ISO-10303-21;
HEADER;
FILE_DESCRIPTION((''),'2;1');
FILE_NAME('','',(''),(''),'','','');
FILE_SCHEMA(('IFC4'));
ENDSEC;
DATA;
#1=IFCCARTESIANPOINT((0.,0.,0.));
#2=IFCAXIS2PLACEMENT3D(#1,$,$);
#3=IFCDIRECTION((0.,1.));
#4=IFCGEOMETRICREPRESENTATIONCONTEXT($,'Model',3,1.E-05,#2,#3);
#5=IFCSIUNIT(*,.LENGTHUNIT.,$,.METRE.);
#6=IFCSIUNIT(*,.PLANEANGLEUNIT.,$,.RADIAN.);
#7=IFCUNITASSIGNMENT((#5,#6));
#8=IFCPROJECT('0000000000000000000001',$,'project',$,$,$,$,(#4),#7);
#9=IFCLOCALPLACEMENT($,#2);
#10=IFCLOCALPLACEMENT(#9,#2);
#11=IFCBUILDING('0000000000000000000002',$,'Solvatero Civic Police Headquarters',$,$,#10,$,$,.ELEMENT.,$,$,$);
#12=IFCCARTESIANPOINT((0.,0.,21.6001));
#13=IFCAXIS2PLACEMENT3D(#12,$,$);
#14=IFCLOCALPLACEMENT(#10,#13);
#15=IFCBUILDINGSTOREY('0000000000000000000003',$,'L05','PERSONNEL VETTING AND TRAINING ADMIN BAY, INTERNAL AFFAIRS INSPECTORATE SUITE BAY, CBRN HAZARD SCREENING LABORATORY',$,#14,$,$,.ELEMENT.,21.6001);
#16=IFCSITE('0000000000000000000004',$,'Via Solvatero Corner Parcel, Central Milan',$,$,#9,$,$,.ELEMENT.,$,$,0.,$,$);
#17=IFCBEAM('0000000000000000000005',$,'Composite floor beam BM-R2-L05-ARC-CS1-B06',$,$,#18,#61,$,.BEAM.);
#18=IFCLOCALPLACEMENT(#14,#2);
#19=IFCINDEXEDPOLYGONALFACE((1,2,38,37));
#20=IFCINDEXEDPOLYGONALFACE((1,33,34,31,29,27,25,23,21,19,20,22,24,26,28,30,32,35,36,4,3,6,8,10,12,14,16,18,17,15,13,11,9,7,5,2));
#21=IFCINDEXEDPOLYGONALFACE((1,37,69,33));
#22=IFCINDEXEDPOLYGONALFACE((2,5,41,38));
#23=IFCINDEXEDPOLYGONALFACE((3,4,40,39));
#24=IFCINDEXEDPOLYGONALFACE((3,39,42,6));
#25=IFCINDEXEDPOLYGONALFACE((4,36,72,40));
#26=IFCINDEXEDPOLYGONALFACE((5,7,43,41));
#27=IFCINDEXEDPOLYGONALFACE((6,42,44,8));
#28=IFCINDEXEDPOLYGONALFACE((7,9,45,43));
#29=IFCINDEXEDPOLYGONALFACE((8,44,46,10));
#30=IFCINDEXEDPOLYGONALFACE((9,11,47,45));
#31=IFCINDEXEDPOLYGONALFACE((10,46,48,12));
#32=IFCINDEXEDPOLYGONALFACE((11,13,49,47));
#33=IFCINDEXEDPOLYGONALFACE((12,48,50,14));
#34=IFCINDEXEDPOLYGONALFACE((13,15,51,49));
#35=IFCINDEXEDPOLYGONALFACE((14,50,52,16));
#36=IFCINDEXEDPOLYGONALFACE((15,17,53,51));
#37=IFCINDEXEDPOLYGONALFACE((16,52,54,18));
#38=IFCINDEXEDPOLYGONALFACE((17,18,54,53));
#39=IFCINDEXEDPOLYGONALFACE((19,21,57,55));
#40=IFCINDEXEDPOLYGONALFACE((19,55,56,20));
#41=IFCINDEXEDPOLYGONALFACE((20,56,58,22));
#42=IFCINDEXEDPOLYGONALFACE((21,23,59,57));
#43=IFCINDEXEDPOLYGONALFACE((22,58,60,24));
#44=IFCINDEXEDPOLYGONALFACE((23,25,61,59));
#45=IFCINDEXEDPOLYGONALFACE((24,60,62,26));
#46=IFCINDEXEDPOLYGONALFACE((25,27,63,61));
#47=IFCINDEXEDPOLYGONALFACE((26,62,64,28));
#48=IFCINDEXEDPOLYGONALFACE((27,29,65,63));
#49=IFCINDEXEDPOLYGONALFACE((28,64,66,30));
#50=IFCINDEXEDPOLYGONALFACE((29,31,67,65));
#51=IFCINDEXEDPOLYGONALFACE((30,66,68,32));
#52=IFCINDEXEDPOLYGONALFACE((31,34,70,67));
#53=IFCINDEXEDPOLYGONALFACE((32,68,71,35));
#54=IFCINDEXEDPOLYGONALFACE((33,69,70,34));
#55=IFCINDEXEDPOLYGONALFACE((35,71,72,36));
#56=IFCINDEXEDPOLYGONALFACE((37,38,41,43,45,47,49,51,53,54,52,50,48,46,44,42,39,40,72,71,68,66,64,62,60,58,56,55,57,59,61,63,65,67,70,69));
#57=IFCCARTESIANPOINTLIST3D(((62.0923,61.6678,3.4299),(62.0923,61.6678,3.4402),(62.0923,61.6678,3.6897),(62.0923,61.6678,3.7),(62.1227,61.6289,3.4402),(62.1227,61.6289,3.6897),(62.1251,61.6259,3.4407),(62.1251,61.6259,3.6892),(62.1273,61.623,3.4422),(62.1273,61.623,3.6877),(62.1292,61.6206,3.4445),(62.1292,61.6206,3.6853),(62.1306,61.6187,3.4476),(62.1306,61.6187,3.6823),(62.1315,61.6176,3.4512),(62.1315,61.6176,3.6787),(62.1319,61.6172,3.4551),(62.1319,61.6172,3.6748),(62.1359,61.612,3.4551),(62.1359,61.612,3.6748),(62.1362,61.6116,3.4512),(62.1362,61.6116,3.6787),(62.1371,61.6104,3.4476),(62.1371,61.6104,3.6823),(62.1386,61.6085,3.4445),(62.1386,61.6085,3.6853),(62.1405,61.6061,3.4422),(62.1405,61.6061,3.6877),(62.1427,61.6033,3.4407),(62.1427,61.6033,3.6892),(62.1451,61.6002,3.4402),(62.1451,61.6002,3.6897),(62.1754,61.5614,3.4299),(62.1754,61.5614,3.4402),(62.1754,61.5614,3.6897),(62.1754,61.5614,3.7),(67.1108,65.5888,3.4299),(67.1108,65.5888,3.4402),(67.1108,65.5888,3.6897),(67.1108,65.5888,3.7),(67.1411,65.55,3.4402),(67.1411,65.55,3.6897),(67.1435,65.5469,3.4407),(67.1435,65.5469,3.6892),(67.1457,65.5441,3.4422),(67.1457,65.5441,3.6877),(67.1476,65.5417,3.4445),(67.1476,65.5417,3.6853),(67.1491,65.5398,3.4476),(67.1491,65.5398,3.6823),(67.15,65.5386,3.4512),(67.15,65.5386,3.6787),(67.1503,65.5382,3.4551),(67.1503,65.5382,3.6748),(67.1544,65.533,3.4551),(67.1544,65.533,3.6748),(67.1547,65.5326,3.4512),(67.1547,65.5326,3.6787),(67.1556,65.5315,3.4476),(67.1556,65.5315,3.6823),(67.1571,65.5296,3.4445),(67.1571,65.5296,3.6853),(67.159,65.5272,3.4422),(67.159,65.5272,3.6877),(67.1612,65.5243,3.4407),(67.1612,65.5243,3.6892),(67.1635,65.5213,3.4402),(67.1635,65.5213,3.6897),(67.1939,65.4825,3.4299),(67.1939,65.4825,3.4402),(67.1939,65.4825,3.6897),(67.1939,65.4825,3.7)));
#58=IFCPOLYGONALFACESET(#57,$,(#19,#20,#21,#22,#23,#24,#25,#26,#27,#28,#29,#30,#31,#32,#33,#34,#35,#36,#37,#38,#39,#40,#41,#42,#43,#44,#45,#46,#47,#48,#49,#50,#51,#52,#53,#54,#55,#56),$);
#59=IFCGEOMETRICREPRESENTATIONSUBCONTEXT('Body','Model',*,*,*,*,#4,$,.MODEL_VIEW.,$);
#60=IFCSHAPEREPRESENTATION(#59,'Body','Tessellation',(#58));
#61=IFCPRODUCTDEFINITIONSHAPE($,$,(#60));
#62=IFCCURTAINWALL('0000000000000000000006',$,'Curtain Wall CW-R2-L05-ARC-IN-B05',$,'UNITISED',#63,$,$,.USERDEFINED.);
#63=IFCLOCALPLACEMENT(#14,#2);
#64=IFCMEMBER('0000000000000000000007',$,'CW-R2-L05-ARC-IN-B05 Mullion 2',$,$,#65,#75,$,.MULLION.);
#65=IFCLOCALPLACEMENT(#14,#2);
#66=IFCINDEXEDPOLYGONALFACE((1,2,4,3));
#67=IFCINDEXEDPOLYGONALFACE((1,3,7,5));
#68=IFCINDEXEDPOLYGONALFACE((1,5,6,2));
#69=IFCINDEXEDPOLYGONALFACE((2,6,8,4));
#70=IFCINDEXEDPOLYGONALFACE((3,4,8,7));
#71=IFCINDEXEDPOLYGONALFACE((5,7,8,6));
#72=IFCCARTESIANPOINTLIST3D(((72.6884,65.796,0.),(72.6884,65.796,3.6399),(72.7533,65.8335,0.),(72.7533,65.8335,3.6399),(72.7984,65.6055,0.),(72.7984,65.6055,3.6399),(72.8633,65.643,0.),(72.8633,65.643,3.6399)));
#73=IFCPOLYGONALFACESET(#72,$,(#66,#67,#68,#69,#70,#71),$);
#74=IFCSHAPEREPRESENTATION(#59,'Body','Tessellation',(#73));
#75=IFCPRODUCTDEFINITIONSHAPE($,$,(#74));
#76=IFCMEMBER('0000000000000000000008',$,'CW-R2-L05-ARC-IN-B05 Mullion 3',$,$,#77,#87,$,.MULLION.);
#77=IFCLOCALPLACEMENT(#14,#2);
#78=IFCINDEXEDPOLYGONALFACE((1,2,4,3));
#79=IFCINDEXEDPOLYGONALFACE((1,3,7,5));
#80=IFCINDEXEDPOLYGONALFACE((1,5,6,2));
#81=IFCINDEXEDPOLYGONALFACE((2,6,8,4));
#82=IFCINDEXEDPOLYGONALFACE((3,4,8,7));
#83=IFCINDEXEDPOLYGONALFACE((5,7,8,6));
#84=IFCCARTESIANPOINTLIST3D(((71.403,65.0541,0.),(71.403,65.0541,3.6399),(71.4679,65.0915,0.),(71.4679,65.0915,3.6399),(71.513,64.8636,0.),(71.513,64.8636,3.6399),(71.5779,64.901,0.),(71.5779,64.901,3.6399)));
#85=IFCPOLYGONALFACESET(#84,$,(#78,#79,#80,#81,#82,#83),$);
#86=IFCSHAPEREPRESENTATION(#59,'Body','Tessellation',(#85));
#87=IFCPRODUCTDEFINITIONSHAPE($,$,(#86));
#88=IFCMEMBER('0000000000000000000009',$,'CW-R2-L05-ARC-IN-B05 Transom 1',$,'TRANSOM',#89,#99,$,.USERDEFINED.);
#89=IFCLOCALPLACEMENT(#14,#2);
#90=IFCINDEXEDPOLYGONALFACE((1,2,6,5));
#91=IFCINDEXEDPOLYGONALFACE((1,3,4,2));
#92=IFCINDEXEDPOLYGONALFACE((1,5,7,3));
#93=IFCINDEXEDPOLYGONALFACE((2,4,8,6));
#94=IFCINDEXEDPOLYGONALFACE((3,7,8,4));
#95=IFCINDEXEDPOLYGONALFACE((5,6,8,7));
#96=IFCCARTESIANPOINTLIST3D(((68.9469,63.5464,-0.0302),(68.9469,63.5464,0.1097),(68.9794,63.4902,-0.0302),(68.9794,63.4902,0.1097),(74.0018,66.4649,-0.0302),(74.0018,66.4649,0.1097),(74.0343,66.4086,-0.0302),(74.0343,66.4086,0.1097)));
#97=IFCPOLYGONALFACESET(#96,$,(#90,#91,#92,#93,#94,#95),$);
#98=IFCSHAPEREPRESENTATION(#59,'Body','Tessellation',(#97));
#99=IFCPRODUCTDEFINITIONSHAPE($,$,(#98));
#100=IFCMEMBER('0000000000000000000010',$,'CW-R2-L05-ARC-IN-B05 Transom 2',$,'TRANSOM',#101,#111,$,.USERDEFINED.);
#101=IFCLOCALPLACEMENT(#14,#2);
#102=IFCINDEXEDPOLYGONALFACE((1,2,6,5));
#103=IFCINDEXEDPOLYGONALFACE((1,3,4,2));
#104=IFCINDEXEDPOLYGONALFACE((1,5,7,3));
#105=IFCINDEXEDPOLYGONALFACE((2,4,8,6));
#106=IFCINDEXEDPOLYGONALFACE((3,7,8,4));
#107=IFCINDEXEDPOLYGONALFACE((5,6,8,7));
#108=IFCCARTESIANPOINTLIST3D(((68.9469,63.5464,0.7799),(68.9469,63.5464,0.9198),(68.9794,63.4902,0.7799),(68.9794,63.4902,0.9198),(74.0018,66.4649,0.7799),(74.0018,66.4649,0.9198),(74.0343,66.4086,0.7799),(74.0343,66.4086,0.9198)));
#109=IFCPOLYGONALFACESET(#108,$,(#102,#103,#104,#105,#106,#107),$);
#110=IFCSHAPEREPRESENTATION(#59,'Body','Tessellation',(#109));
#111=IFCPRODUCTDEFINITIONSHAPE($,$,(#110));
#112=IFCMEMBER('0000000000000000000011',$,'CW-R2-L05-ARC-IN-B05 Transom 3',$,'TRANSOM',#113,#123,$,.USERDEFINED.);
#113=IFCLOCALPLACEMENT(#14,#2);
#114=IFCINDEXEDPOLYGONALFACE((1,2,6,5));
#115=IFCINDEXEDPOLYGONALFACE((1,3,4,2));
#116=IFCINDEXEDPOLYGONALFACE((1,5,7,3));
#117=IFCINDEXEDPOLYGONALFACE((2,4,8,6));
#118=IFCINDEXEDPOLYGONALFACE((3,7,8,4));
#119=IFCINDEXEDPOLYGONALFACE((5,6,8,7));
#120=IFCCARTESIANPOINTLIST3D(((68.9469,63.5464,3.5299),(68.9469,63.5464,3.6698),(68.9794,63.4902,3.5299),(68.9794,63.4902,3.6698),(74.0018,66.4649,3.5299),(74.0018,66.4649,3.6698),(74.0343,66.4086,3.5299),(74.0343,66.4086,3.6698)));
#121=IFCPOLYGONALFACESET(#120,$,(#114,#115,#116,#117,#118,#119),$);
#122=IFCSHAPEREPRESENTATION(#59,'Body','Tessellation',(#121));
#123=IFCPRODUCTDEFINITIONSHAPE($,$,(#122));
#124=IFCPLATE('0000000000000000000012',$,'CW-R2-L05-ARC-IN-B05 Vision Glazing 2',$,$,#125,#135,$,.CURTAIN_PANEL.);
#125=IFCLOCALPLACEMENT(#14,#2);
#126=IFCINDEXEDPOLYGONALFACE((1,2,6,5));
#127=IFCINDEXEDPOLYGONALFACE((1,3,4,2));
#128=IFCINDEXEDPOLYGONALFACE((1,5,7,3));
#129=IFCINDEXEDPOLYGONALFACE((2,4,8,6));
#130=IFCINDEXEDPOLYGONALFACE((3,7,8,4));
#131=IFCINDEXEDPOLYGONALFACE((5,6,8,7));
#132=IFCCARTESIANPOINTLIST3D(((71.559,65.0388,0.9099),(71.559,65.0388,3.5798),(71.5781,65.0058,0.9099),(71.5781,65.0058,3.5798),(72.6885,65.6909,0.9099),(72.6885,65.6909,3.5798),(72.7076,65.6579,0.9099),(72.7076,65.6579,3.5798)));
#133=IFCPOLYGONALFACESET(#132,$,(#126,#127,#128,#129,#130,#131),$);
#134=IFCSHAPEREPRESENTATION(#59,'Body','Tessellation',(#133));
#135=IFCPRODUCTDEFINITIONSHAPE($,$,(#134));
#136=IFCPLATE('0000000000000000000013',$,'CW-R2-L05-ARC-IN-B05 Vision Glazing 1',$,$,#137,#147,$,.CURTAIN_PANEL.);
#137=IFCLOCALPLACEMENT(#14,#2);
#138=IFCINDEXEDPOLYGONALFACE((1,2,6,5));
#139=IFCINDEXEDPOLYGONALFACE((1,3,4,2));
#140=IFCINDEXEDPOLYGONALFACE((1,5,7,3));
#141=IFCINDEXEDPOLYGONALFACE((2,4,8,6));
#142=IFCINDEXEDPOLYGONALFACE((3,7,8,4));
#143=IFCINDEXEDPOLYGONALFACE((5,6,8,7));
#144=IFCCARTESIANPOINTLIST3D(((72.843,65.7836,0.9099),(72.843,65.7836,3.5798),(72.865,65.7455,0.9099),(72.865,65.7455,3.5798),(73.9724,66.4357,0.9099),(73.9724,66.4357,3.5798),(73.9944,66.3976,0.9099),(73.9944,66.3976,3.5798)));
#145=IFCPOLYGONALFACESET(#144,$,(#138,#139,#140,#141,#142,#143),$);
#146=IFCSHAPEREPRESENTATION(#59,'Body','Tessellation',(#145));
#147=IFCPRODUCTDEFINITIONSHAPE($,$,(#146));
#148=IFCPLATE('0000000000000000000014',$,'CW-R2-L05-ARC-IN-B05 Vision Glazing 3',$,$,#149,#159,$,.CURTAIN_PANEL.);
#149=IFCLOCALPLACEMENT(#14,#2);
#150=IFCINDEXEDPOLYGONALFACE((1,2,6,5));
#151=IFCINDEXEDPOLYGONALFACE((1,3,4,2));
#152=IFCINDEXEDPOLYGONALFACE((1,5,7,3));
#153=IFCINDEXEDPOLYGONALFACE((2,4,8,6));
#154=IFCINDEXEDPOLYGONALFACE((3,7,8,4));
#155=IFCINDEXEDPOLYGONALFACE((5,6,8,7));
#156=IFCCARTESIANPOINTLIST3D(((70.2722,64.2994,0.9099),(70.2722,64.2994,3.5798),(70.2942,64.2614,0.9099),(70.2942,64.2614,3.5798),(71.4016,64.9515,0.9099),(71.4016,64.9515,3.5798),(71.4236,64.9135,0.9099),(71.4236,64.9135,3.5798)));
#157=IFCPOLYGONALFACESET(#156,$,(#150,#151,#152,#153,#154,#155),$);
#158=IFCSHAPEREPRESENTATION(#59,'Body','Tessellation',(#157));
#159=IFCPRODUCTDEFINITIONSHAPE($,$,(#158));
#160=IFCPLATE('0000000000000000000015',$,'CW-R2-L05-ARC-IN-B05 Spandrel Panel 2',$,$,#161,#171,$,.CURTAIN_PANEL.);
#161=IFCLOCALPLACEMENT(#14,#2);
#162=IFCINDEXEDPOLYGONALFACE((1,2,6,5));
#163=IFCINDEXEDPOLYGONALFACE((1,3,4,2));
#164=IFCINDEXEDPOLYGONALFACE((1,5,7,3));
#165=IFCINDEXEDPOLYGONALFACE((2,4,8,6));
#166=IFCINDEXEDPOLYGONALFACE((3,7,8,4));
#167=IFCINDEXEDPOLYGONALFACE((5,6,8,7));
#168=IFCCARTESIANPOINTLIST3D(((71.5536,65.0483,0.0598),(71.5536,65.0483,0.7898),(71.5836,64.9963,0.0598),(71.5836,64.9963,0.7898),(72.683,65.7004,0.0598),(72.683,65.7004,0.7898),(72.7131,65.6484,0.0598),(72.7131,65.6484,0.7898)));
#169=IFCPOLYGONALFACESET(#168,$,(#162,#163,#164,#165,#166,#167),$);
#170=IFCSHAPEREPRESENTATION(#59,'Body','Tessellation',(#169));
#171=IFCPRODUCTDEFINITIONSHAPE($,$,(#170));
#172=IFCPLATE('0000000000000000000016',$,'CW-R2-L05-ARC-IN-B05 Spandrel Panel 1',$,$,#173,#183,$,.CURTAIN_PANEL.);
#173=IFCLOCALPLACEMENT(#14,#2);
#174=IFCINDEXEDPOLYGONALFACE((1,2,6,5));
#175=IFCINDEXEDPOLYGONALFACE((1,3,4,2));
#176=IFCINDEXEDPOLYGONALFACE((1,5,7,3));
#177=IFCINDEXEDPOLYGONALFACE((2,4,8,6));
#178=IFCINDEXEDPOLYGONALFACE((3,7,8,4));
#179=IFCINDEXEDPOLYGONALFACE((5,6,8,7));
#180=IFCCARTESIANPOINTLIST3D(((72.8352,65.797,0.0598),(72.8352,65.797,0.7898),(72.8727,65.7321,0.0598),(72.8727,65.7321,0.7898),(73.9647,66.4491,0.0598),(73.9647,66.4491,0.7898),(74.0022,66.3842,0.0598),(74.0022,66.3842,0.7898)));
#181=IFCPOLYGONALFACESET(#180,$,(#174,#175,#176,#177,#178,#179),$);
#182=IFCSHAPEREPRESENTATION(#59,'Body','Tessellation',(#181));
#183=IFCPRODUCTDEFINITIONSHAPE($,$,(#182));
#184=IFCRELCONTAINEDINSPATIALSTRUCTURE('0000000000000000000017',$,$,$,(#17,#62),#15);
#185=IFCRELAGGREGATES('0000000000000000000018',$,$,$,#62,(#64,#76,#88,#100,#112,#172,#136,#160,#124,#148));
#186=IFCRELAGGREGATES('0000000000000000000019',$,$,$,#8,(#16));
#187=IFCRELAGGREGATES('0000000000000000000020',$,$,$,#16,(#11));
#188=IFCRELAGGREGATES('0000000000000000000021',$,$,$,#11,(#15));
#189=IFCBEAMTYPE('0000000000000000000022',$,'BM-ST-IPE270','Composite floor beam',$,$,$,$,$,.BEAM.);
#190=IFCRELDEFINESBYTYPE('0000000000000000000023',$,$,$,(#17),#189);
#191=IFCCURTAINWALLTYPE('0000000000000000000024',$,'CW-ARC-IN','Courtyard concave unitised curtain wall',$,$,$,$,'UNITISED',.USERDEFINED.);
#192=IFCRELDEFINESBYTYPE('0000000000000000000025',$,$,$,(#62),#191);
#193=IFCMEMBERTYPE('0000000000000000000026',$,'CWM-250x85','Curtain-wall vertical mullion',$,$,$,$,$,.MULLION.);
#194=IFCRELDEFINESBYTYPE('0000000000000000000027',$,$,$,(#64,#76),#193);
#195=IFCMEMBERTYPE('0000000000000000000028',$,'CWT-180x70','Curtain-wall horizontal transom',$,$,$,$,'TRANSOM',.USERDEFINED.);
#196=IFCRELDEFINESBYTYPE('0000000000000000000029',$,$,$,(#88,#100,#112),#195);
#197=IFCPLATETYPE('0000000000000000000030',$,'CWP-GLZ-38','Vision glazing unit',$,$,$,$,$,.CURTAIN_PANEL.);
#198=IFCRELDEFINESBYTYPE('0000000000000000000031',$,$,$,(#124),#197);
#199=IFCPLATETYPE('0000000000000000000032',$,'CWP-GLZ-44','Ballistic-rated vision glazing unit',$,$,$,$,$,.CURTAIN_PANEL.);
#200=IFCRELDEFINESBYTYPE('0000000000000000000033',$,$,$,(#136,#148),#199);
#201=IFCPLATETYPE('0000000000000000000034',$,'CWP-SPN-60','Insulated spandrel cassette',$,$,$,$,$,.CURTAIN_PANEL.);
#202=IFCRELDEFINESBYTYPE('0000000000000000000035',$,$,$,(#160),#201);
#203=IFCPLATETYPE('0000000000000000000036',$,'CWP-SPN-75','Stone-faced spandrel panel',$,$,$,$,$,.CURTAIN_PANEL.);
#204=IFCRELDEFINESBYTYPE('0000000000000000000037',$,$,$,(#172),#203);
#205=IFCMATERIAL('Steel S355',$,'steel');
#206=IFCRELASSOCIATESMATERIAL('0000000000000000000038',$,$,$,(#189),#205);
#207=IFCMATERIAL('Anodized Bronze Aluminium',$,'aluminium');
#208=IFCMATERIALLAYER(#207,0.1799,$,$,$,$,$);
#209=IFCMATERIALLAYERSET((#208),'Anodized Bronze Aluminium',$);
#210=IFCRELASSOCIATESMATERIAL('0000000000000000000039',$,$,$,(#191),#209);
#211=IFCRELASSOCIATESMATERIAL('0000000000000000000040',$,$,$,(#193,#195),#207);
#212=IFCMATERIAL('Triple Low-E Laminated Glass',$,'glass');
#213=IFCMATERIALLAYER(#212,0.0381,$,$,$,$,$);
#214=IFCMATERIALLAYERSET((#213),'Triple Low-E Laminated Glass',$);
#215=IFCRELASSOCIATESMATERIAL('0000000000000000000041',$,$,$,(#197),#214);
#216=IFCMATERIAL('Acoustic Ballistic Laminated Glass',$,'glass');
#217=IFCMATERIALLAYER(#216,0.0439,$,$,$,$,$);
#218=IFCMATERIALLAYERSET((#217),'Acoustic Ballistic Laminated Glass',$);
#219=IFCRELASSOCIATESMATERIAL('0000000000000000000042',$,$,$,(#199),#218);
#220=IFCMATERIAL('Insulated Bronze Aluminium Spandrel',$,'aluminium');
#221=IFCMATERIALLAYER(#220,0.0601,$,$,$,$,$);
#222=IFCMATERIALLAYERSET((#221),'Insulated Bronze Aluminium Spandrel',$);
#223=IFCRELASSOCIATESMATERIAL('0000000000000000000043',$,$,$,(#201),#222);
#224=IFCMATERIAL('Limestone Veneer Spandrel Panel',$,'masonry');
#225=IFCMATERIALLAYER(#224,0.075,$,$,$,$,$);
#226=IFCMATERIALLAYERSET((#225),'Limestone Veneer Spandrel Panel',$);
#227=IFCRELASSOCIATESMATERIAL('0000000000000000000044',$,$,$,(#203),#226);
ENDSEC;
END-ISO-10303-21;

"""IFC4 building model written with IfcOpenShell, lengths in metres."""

from ifc_helpers import new_model, si_unit, direction, frame, origin, origin_2d, place, context, subcontext, project, spatial, rectangle, i_section, extrude, material, layer, layer_set, material_profile, profile_set, type_object, element, aggregate, save


model = new_model("IFC4")

# Units and contexts
model_context = context("Model", 3, precision=1e-05, world=origin(), true_north=direction((0.0, 1.0)))
body_context = subcontext(model_context, "Body", "Model", "MODEL_VIEW")
ifc_project = project(units=[si_unit("LENGTHUNIT", "METRE"), si_unit("PLANEANGLEUNIT", "RADIAN")], contexts=[model_context])

# Site, building, storey
site_placement = place(None, origin())
site = spatial("IfcSite", under=ifc_project, at=site_placement, Name="Via Solvatero Corner Parcel, Central Milan", CompositionType="ELEMENT", RefElevation=0.0)
building_placement = place(site_placement, origin())
building = spatial("IfcBuilding", under=site, at=building_placement, Name="Solvatero Civic Police Headquarters", CompositionType="ELEMENT")
storey_placement = place(building_placement, frame((0.0, 0.0, 21.6001)))
storey = spatial("IfcBuildingStorey", under=building, at=storey_placement, Name="L05", Description="PERSONNEL VETTING AND TRAINING ADMIN BAY, INTERNAL AFFAIRS INSPECTORATE SUITE BAY, CBRN HAZARD SCREENING LABORATORY", CompositionType="ELEMENT", Elevation=21.6001)

# Beam
ifc_material_1 = material(Name="Steel S355", Category="steel")
ifc_material_profile_1 = material_profile(ifc_material_1, i_section(OverallWidth=0.135, OverallDepth=0.27, WebThickness=0.0066, FlangeThickness=0.0103, FilletRadius=0.0149, at=origin_2d()), Name="IPE 270")
ifc_profile_set_1 = profile_set([ifc_material_profile_1], Name="Steel S355")
beam_type = type_object("IfcBeamType", Name="BM-ST-IPE270", Description="Composite floor beam", PredefinedType="BEAM", material=ifc_profile_set_1)
beam_placement = place(storey_placement, frame((67.1523, 65.5356, 3.5649), z_axis=(-0.787994, -0.615683, 0.0), x_axis=(0.615683, -0.787994, 0.0)))
element("IfcBeam", 1, at=beam_placement, inside=storey, type_object=beam_type, Name="Composite floor beam BM-R2-L05-ARC-CS1-B06", PredefinedType="BEAM", context=body_context, shape_type="SweptSolid", body=[
    extrude(i_section(OverallWidth=0.135, OverallDepth=0.27, WebThickness=0.0066, FlangeThickness=0.0103, FilletRadius=0.0149, at=origin_2d()), origin(), (0.0, 0.0, 1.0), 6.3687),
])

# Curtain wall, members, plates
ifc_material_2 = material(Name="Anodized Bronze Aluminium", Category="aluminium")
ifc_layer_1 = layer(ifc_material_2, 0.1799)
ifc_layer_set_1 = layer_set([ifc_layer_1], Name="Anodized Bronze Aluminium")
curtain_wall_type = type_object("IfcCurtainWallType", Name="CW-ARC-IN", Description="Courtyard concave unitised curtain wall", ElementType="UNITISED", PredefinedType="USERDEFINED", material=ifc_layer_set_1)
curtain_wall_placement = place(storey_placement, origin())
curtain_wall = element("IfcCurtainWall", 2, at=curtain_wall_placement, inside=storey, type_object=curtain_wall_type, Name="Curtain Wall CW-R2-L05-ARC-IN-B05", ObjectType="UNITISED", PredefinedType="USERDEFINED")
ifc_material_profile_2 = material_profile(ifc_material_2, rectangle(XDim=0.075, YDim=0.22, at=origin_2d()), Name="ALU MULLION 75x220")
ifc_profile_set_2 = profile_set([ifc_material_profile_2], Name="Anodized Bronze Aluminium")
member_type_1 = type_object("IfcMemberType", Name="CWM-250x85", Description="Curtain-wall vertical mullion", PredefinedType="MULLION", material=ifc_profile_set_2)
member_1_placement = place(storey_placement, frame((72.7759, 65.7195, 0.0), z_axis=(0.0, 0.0, 1.0), x_axis=(-0.866025, -0.5, 0.0)))
member_1 = element("IfcMember", 3, at=member_1_placement, type_object=member_type_1, Name="CW-R2-L05-ARC-IN-B05 Mullion 2", PredefinedType="MULLION", context=body_context, shape_type="SweptSolid", body=[
    extrude(rectangle(XDim=0.075, YDim=0.22, at=origin_2d()), origin(), (0.0, 0.0, 1.0), 3.6399),
])
member_2_placement = place(storey_placement, frame((71.4905, 64.9775, 0.0), z_axis=(0.0, 0.0, 1.0), x_axis=(-0.866025, -0.5, 0.0)))
member_2 = element("IfcMember", 4, at=member_2_placement, type_object=member_type_1, Name="CW-R2-L05-ARC-IN-B05 Mullion 3", PredefinedType="MULLION", context=body_context, shape_type="SweptSolid", body=[
    extrude(rectangle(XDim=0.075, YDim=0.22, at=origin_2d()), origin(), (0.0, 0.0, 1.0), 3.6399),
])
ifc_material_profile_3 = material_profile(ifc_material_2, rectangle(XDim=0.0649, YDim=0.1399, at=origin_2d()), Name="ALU TRANSOM 65x140")
ifc_profile_set_3 = profile_set([ifc_material_profile_3], Name="Anodized Bronze Aluminium")
member_type_2 = type_object("IfcMemberType", Name="CWT-180x70", Description="Curtain-wall horizontal transom", ElementType="TRANSOM", PredefinedType="USERDEFINED", material=ifc_profile_set_3)
member_3_placement = place(storey_placement, frame((74.0181, 66.4368, 0.0398), z_axis=(-0.866026, -0.499999, 0.0), x_axis=(0.499999, -0.866026, 0.0)))
member_3 = element("IfcMember", 5, at=member_3_placement, type_object=member_type_2, Name="CW-R2-L05-ARC-IN-B05 Transom 1", ObjectType="TRANSOM", PredefinedType="USERDEFINED", context=body_context, shape_type="SweptSolid", body=[
    extrude(rectangle(XDim=0.0649, YDim=0.1399, at=origin_2d()), origin(), (0.0, 0.0, 1.0), 5.8369),
])
member_4_placement = place(storey_placement, frame((74.0181, 66.4368, 0.8499), z_axis=(-0.866026, -0.499999, 0.0), x_axis=(0.499999, -0.866026, 0.0)))
member_4 = element("IfcMember", 6, at=member_4_placement, type_object=member_type_2, Name="CW-R2-L05-ARC-IN-B05 Transom 2", ObjectType="TRANSOM", PredefinedType="USERDEFINED", context=body_context, shape_type="SweptSolid", body=[
    extrude(rectangle(XDim=0.0649, YDim=0.1399, at=origin_2d()), origin(), (0.0, 0.0, 1.0), 5.8369),
])
member_5_placement = place(storey_placement, frame((74.0181, 66.4368, 3.5999), z_axis=(-0.866026, -0.499999, 0.0), x_axis=(0.499999, -0.866026, 0.0)))
member_5 = element("IfcMember", 7, at=member_5_placement, type_object=member_type_2, Name="CW-R2-L05-ARC-IN-B05 Transom 3", ObjectType="TRANSOM", PredefinedType="USERDEFINED", context=body_context, shape_type="SweptSolid", body=[
    extrude(rectangle(XDim=0.0649, YDim=0.1399, at=origin_2d()), origin(), (0.0, 0.0, 1.0), 5.8369),
])
ifc_material_3 = material(Name="Triple Low-E Laminated Glass", Category="glass")
ifc_layer_2 = layer(ifc_material_3, 0.0381)
ifc_layer_set_2 = layer_set([ifc_layer_2], Name="Triple Low-E Laminated Glass")
plate_type_1 = type_object("IfcPlateType", Name="CWP-GLZ-38", Description="Vision glazing unit", PredefinedType="CURTAIN_PANEL", material=ifc_layer_set_2)
plate_1_placement = place(storey_placement, frame((72.1333, 65.3484, 0.9099), z_axis=(0.0, 0.0, 1.0), x_axis=(-0.866025, -0.5, 0.0)))
plate_1 = element("IfcPlate", 8, at=plate_1_placement, type_object=plate_type_1, Name="CW-R2-L05-ARC-IN-B05 Vision Glazing 2", PredefinedType="CURTAIN_PANEL", context=body_context, shape_type="SweptSolid", body=[
    extrude(rectangle(XDim=1.3042, YDim=0.0381, at=origin_2d()), origin(), (0.0, 0.0, 1.0), 2.6699),
])
ifc_material_4 = material(Name="Acoustic Ballistic Laminated Glass", Category="glass")
ifc_layer_3 = layer(ifc_material_4, 0.0439)
ifc_layer_set_3 = layer_set([ifc_layer_3], Name="Acoustic Ballistic Laminated Glass")
plate_type_2 = type_object("IfcPlateType", Name="CWP-GLZ-44", Description="Ballistic-rated vision glazing unit", PredefinedType="CURTAIN_PANEL", material=ifc_layer_set_3)
plate_2_placement = place(storey_placement, frame((73.4187, 66.0906, 0.9099), z_axis=(0.0, 0.0, 1.0), x_axis=(-0.866025, -0.5, 0.0)))
plate_2 = element("IfcPlate", 9, at=plate_2_placement, type_object=plate_type_2, Name="CW-R2-L05-ARC-IN-B05 Vision Glazing 1", PredefinedType="CURTAIN_PANEL", context=body_context, shape_type="SweptSolid", body=[
    extrude(rectangle(XDim=1.3042, YDim=0.0439, at=origin_2d()), origin(), (0.0, 0.0, 1.0), 2.6699),
])
plate_3_placement = place(storey_placement, frame((70.8479, 64.6064, 0.9099), z_axis=(0.0, 0.0, 1.0), x_axis=(-0.866025, -0.5, 0.0)))
plate_3 = element("IfcPlate", 10, at=plate_3_placement, type_object=plate_type_2, Name="CW-R2-L05-ARC-IN-B05 Vision Glazing 3", PredefinedType="CURTAIN_PANEL", context=body_context, shape_type="SweptSolid", body=[
    extrude(rectangle(XDim=1.3042, YDim=0.0439, at=origin_2d()), origin(), (0.0, 0.0, 1.0), 2.6699),
])
ifc_material_5 = material(Name="Insulated Bronze Aluminium Spandrel", Category="aluminium")
ifc_layer_4 = layer(ifc_material_5, 0.0601)
ifc_layer_set_4 = layer_set([ifc_layer_4], Name="Insulated Bronze Aluminium Spandrel")
plate_type_3 = type_object("IfcPlateType", Name="CWP-SPN-60", Description="Insulated spandrel cassette", PredefinedType="CURTAIN_PANEL", material=ifc_layer_set_4)
plate_4_placement = place(storey_placement, frame((72.1333, 65.3484, 0.0598), z_axis=(0.0, 0.0, 1.0), x_axis=(-0.866025, -0.5, 0.0)))
plate_4 = element("IfcPlate", 11, at=plate_4_placement, type_object=plate_type_3, Name="CW-R2-L05-ARC-IN-B05 Spandrel Panel 2", PredefinedType="CURTAIN_PANEL", context=body_context, shape_type="SweptSolid", body=[
    extrude(rectangle(XDim=1.3042, YDim=0.0601, at=origin_2d()), origin(), (0.0, 0.0, 1.0), 0.73),
])
ifc_material_6 = material(Name="Limestone Veneer Spandrel Panel", Category="masonry")
ifc_layer_5 = layer(ifc_material_6, 0.075)
ifc_layer_set_5 = layer_set([ifc_layer_5], Name="Limestone Veneer Spandrel Panel")
plate_type_4 = type_object("IfcPlateType", Name="CWP-SPN-75", Description="Stone-faced spandrel panel", PredefinedType="CURTAIN_PANEL", material=ifc_layer_set_5)
plate_5_placement = place(storey_placement, frame((73.4187, 66.0906, 0.0598), z_axis=(0.0, 0.0, 1.0), x_axis=(-0.866025, -0.5, 0.0)))
plate_5 = element("IfcPlate", 12, at=plate_5_placement, type_object=plate_type_4, Name="CW-R2-L05-ARC-IN-B05 Spandrel Panel 1", PredefinedType="CURTAIN_PANEL", context=body_context, shape_type="SweptSolid", body=[
    extrude(rectangle(XDim=1.3042, YDim=0.075, at=origin_2d()), origin(), (0.0, 0.0, 1.0), 0.73),
])
aggregate(curtain_wall, [member_1, member_2, member_3, member_4, member_5, plate_5, plate_2, plate_4, plate_1, plate_3])

save(model, "model.ifc")
